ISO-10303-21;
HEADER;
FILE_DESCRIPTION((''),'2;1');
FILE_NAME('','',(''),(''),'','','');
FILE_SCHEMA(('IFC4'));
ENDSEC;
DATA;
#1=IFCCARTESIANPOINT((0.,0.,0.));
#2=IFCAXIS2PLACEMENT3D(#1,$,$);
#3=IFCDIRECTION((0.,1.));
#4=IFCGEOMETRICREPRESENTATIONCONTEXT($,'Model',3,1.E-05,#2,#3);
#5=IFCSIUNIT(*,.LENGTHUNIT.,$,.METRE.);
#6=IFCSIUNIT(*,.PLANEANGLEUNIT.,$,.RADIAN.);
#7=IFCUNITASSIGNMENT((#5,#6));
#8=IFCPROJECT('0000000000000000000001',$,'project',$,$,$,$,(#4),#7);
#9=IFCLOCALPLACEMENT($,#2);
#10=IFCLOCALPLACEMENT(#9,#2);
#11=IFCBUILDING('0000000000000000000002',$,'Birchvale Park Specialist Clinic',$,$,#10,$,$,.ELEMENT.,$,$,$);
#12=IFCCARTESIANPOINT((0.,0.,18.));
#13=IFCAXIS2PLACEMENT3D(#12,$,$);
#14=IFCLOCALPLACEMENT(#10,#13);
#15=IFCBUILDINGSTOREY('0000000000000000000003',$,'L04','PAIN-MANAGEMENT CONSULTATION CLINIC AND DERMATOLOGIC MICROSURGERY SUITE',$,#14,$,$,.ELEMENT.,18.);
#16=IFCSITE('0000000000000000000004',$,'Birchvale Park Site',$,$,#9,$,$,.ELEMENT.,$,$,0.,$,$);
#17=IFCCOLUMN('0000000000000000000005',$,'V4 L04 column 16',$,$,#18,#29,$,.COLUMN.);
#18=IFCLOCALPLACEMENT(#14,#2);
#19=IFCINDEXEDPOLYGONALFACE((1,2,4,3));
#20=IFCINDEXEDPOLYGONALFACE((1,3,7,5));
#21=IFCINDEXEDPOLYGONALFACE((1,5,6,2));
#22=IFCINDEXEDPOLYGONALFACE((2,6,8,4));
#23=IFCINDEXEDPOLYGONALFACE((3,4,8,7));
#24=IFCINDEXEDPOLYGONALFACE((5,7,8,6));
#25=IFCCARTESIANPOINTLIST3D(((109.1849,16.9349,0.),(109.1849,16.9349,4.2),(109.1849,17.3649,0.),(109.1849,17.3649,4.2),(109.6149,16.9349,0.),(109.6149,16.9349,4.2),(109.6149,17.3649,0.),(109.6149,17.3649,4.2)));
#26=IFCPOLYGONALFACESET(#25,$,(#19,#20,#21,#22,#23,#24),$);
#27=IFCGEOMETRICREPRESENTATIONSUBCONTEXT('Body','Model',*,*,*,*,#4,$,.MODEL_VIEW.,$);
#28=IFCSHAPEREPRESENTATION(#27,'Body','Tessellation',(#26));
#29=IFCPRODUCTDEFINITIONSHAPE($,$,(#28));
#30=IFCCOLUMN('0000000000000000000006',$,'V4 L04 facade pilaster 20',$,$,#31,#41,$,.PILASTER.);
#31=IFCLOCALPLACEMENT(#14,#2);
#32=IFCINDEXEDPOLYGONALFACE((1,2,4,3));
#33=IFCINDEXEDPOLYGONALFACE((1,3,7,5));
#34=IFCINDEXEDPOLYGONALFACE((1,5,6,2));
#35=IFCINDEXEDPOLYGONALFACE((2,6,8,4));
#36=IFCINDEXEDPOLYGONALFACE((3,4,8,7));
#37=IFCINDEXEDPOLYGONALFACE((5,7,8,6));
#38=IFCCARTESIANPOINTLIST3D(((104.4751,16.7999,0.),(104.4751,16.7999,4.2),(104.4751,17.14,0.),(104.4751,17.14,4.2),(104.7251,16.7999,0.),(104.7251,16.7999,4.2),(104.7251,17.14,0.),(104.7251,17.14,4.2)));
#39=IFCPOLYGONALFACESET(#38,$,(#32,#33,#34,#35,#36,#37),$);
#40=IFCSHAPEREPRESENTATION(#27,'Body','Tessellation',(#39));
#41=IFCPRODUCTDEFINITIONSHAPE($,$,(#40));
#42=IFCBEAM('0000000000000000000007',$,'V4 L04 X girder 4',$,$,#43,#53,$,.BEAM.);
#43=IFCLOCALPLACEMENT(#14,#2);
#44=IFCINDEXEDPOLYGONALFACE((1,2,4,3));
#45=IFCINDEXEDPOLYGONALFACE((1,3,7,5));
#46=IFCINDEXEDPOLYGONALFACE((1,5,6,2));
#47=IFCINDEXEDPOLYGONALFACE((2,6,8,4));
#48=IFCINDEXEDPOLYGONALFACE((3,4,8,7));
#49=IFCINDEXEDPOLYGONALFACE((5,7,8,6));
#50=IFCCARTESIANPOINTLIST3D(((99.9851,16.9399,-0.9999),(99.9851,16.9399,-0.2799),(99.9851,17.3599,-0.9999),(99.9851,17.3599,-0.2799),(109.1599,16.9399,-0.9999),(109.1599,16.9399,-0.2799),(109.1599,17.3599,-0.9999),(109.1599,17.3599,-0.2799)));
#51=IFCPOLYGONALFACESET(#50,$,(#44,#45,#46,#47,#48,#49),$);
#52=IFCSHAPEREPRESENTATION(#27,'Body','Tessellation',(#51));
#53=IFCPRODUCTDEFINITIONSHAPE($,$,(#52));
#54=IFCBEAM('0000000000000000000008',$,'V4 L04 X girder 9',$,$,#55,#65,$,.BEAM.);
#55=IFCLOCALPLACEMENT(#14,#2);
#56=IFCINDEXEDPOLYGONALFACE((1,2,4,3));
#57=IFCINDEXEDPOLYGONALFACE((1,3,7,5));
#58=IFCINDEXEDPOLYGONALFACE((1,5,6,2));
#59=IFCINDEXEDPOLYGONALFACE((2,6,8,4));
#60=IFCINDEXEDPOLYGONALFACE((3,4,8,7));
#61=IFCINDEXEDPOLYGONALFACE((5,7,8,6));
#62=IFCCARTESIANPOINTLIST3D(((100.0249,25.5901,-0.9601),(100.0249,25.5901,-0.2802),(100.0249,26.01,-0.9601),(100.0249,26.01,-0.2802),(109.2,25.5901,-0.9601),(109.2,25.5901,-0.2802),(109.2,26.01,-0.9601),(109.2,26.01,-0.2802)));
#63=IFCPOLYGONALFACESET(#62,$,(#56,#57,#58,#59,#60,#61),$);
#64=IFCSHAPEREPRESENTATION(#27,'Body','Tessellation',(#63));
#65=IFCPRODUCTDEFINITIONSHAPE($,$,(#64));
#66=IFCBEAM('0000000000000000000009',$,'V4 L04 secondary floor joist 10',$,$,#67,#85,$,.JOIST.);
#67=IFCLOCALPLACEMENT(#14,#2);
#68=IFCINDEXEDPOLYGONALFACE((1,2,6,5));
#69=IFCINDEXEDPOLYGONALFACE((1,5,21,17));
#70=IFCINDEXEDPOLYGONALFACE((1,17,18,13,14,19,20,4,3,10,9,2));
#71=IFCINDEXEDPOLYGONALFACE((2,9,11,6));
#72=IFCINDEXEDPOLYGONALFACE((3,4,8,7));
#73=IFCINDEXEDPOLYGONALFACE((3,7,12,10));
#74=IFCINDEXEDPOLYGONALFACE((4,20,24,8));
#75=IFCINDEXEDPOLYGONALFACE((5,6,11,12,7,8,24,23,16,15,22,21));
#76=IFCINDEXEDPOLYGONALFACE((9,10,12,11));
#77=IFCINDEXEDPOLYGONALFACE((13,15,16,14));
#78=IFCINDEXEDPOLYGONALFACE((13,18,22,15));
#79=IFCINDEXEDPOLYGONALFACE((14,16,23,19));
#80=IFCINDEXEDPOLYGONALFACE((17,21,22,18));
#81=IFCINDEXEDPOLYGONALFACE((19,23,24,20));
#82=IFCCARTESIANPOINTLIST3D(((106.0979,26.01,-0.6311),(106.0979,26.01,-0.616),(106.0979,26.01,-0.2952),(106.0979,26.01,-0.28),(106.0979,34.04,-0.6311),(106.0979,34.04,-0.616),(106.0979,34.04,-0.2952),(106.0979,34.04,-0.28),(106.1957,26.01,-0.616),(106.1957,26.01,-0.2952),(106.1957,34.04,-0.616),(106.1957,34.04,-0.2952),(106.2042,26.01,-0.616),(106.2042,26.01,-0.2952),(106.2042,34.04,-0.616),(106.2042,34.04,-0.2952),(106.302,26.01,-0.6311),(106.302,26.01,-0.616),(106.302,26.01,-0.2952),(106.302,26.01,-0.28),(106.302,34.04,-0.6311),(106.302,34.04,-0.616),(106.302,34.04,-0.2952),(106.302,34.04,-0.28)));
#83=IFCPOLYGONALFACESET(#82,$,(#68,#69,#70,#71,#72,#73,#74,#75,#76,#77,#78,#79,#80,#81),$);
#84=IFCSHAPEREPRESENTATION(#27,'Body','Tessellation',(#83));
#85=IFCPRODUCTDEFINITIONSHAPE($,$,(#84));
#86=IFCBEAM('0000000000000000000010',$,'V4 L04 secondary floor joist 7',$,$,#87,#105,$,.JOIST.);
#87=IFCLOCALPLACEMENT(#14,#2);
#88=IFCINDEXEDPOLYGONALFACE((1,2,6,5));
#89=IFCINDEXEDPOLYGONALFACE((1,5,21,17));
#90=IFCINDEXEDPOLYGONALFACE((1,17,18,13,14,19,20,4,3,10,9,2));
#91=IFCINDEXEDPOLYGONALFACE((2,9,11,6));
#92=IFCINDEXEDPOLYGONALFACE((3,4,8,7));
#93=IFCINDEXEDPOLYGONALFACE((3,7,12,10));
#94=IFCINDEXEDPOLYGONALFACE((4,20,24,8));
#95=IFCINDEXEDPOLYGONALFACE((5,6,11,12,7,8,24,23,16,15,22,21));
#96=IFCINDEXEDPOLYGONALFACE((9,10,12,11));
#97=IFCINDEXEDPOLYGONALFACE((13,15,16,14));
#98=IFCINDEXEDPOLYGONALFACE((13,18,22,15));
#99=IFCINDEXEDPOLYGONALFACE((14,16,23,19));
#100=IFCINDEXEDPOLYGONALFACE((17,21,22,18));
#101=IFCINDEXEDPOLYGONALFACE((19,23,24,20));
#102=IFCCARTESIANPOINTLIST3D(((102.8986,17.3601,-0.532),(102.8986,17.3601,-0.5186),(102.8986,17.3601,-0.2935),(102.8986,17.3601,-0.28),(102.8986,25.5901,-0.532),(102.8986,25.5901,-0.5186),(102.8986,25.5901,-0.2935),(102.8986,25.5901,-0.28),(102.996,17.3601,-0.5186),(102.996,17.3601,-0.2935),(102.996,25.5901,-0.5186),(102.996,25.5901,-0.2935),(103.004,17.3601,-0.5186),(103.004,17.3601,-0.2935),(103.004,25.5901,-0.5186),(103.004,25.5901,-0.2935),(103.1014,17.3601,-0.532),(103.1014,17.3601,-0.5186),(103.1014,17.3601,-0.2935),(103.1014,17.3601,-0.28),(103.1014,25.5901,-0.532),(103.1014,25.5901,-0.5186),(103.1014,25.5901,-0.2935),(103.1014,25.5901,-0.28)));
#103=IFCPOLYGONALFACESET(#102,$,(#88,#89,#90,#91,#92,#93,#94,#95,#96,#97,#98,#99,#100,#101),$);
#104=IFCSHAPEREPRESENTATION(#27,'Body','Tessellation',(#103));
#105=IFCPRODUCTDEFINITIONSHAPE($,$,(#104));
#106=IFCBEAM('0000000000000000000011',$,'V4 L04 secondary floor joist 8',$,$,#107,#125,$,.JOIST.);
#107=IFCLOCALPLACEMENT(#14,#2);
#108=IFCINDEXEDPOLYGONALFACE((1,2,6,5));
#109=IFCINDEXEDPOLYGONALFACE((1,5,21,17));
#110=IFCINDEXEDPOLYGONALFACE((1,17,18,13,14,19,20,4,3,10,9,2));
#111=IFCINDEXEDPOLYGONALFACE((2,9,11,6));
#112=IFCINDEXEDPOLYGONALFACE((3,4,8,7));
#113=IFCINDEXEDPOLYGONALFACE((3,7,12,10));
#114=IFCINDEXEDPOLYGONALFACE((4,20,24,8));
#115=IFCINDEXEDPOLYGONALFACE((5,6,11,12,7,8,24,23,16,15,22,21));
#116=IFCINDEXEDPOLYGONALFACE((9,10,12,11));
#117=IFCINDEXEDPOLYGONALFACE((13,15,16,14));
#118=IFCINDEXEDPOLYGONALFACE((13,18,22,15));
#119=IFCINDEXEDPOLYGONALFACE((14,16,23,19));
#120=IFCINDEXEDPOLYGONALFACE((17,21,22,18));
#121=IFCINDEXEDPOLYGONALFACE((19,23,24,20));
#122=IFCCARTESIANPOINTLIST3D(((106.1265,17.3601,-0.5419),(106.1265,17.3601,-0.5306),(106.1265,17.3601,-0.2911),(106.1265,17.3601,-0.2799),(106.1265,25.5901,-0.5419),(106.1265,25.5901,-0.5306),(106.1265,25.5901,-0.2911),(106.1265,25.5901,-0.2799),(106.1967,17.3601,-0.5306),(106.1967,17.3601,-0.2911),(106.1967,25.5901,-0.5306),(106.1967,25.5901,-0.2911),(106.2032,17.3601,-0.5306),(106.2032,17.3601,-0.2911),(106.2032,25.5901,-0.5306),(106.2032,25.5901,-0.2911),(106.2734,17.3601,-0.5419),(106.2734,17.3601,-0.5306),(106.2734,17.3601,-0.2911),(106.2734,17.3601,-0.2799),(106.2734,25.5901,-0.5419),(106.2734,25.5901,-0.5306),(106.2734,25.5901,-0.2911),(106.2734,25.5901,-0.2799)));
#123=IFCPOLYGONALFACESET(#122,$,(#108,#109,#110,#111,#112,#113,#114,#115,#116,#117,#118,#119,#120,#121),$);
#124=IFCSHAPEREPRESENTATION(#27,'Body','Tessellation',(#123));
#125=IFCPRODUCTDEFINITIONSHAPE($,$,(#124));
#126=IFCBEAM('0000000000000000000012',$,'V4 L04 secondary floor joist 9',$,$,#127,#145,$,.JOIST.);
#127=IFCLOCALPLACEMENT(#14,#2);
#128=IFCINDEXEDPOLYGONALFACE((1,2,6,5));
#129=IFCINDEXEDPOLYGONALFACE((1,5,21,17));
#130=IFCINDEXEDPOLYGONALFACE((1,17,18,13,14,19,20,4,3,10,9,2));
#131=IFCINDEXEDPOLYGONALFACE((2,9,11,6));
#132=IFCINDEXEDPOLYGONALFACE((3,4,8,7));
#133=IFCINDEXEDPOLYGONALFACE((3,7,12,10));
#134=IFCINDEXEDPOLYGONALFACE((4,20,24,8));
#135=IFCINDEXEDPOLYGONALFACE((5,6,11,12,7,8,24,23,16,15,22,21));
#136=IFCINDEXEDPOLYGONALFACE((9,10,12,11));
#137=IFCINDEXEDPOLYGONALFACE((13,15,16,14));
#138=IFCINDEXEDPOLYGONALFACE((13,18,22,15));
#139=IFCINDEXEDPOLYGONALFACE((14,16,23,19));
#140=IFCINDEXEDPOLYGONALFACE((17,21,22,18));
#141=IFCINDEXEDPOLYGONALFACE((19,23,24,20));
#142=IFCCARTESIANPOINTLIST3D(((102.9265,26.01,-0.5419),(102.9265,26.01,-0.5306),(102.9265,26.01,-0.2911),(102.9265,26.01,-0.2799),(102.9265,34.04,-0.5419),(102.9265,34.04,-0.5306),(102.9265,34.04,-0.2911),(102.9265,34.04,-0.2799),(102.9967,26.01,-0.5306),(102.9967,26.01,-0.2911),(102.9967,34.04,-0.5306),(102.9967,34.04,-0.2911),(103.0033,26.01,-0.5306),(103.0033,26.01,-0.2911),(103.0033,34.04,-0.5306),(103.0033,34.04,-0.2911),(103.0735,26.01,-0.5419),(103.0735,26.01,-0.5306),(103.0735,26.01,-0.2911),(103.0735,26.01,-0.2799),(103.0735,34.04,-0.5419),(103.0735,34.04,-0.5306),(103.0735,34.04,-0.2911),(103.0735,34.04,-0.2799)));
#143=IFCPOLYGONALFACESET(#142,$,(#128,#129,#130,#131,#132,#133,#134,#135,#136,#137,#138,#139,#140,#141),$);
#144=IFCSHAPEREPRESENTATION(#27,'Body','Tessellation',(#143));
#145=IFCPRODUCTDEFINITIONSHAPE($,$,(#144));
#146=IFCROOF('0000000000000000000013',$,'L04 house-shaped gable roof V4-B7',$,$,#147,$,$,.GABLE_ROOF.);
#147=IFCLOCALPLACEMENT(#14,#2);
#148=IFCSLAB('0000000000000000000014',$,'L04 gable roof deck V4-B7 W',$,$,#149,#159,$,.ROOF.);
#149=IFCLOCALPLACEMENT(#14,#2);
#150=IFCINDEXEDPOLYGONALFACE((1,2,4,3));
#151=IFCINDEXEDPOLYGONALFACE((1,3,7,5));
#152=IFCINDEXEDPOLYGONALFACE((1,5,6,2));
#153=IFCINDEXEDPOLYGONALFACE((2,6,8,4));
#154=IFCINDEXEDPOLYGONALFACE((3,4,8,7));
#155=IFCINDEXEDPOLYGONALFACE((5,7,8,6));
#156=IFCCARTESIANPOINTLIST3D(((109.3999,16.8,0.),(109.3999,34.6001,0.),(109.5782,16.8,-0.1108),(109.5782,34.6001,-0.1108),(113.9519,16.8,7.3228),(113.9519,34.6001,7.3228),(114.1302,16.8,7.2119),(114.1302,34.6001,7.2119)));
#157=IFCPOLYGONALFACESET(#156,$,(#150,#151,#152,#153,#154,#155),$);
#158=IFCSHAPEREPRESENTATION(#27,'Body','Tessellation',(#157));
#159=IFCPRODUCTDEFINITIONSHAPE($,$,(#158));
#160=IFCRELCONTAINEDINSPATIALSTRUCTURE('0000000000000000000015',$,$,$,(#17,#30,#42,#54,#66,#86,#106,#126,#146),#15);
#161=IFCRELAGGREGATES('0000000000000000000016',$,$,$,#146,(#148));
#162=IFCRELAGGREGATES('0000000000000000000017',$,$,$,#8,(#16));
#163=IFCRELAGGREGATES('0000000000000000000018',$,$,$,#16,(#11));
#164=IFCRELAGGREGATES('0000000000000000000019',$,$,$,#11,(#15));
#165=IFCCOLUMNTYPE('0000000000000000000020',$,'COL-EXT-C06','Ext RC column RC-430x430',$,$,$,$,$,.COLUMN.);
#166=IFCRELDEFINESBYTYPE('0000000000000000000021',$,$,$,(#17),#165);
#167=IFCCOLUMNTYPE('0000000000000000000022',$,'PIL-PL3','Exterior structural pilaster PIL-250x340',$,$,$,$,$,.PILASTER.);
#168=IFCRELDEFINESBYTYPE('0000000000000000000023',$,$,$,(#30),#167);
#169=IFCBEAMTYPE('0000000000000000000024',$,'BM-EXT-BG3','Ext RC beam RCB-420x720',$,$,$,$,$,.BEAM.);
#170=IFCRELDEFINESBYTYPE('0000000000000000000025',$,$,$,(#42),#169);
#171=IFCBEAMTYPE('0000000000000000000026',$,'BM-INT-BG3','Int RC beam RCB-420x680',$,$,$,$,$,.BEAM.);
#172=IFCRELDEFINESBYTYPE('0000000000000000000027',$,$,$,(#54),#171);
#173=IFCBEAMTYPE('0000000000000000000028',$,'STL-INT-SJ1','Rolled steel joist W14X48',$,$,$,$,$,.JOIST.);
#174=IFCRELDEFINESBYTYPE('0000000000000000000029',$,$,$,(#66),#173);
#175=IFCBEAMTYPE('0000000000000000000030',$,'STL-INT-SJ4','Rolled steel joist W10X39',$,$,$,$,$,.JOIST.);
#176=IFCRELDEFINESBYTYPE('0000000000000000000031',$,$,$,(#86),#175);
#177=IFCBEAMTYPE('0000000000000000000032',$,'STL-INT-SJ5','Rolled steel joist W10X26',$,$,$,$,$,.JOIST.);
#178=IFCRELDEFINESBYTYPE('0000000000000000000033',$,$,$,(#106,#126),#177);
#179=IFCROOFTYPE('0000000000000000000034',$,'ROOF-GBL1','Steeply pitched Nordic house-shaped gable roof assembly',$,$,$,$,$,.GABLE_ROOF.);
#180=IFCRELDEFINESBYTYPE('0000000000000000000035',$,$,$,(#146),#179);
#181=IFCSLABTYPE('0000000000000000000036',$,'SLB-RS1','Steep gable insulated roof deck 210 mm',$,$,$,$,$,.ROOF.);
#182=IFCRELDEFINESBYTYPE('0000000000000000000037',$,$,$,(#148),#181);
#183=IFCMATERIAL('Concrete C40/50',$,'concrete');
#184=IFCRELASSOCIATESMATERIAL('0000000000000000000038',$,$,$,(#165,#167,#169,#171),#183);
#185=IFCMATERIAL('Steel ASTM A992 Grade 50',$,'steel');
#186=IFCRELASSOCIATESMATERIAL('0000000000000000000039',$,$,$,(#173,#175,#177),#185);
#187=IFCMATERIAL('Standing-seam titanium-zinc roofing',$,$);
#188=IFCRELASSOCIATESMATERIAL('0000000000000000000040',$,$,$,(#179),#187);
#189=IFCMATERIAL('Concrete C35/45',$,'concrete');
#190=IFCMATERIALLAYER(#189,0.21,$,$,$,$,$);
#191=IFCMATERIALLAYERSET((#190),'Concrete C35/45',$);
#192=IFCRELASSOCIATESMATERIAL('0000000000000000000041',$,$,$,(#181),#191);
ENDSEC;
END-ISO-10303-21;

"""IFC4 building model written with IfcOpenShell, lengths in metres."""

from ifc_helpers import new_model, si_unit, direction, frame, origin, origin_2d, place, context, subcontext, project, spatial, polyline, rectangle, i_section, outline, extrude, material, layer, layer_set, material_profile, profile_set, type_object, element, aggregate, save


model = new_model("IFC4")

# Units and contexts
model_context = context("Model", 3, precision=1e-05, world=origin(), true_north=direction((0.0, 1.0)))
body_context = subcontext(model_context, "Body", "Model", "MODEL_VIEW")
ifc_project = project(units=[si_unit("LENGTHUNIT", "METRE"), si_unit("PLANEANGLEUNIT", "RADIAN")], contexts=[model_context])

# Site, building, storey
site_placement = place(None, origin())
site = spatial("IfcSite", under=ifc_project, at=site_placement, Name="Birchvale Park Site", CompositionType="ELEMENT", RefElevation=0.0)
building_placement = place(site_placement, origin())
building = spatial("IfcBuilding", under=site, at=building_placement, Name="Birchvale Park Specialist Clinic", CompositionType="ELEMENT")
storey_placement = place(building_placement, frame((0.0, 0.0, 18.0)))
storey = spatial("IfcBuildingStorey", under=building, at=storey_placement, Name="L04", Description="PAIN-MANAGEMENT CONSULTATION CLINIC AND DERMATOLOGIC MICROSURGERY SUITE", CompositionType="ELEMENT", Elevation=18.0)

# Columns
ifc_material_1 = material(Name="Concrete C40/50", Category="concrete")
ifc_material_profile_1 = material_profile(ifc_material_1, rectangle(XDim=0.4299, YDim=0.4299, at=origin_2d()), Name="RC-430x430")
ifc_profile_set_1 = profile_set([ifc_material_profile_1], Name="Concrete C40/50")
column_type_1 = type_object("IfcColumnType", Name="COL-EXT-C06", Description="Ext RC column RC-430x430", PredefinedType="COLUMN", material=ifc_profile_set_1)
column_1_placement = place(storey_placement, frame((109.3999, 17.1499, 0.0), z_axis=(0.0, 0.0, 1.0), x_axis=(1.0, 0.0, 0.0)))
element("IfcColumn", 1, at=column_1_placement, inside=storey, type_object=column_type_1, Name="V4 L04 column 16", PredefinedType="COLUMN", context=body_context, shape_type="SweptSolid", body=[
    extrude(rectangle(XDim=0.4299, YDim=0.4299, at=origin_2d()), origin(), (0.0, 0.0, 1.0), 4.2),
])
ifc_material_profile_2 = material_profile(ifc_material_1, rectangle(XDim=0.25, YDim=0.3401, at=origin_2d()), Name="PIL-250x340")
ifc_profile_set_2 = profile_set([ifc_material_profile_2], Name="Concrete C40/50")
column_type_2 = type_object("IfcColumnType", Name="PIL-PL3", Description="Exterior structural pilaster PIL-250x340", PredefinedType="PILASTER", material=ifc_profile_set_2)
column_2_placement = place(storey_placement, frame((104.6001, 16.97, 0.0), z_axis=(0.0, 0.0, 1.0), x_axis=(1.0, 0.0, 0.0)))
element("IfcColumn", 2, at=column_2_placement, inside=storey, type_object=column_type_2, Name="V4 L04 facade pilaster 20", PredefinedType="PILASTER", context=body_context, shape_type="SweptSolid", body=[
    extrude(rectangle(XDim=0.25, YDim=0.3401, at=origin_2d()), origin(), (0.0, 0.0, 1.0), 4.2),
])

# Beams
ifc_material_profile_3 = material_profile(ifc_material_1, rectangle(XDim=0.4199, YDim=0.72, at=origin_2d()), Name="RCB-420x720")
ifc_profile_set_3 = profile_set([ifc_material_profile_3], Name="Concrete C40/50")
beam_type_1 = type_object("IfcBeamType", Name="BM-EXT-BG3", Description="Ext RC beam RCB-420x720", PredefinedType="BEAM", material=ifc_profile_set_3)
beam_1_placement = place(storey_placement, frame((99.9851, 17.1499, -0.6399), z_axis=(1.0, 0.0, 0.0), x_axis=(0.0, 1.0, 0.0)))
element("IfcBeam", 3, at=beam_1_placement, inside=storey, type_object=beam_type_1, Name="V4 L04 X girder 4", PredefinedType="BEAM", context=body_context, shape_type="SweptSolid", body=[
    extrude(rectangle(XDim=0.4199, YDim=0.72, at=origin_2d()), origin(), (0.0, 0.0, 1.0), 9.1748),
])
ifc_material_profile_4 = material_profile(ifc_material_1, rectangle(XDim=0.4199, YDim=0.6799, at=origin_2d()), Name="RCB-420x680")
ifc_profile_set_4 = profile_set([ifc_material_profile_4], Name="Concrete C40/50")
beam_type_2 = type_object("IfcBeamType", Name="BM-INT-BG3", Description="Int RC beam RCB-420x680", PredefinedType="BEAM", material=ifc_profile_set_4)
beam_2_placement = place(storey_placement, frame((100.0249, 25.8, -0.6201), z_axis=(1.0, 0.0, 0.0), x_axis=(0.0, 1.0, 0.0)))
element("IfcBeam", 4, at=beam_2_placement, inside=storey, type_object=beam_type_2, Name="V4 L04 X girder 9", PredefinedType="BEAM", context=body_context, shape_type="SweptSolid", body=[
    extrude(rectangle(XDim=0.4199, YDim=0.6799, at=origin_2d()), origin(), (0.0, 0.0, 1.0), 9.175),
])
ifc_material_2 = material(Name="Steel ASTM A992 Grade 50", Category="steel")
ifc_material_profile_5 = material_profile(ifc_material_2, i_section(OverallWidth=0.2041, OverallDepth=0.3511, WebThickness=0.0085, FlangeThickness=0.0151, at=origin_2d()), Name="W14X48")
ifc_profile_set_5 = profile_set([ifc_material_profile_5], Name="Steel ASTM A992 Grade 50")
beam_type_3 = type_object("IfcBeamType", Name="STL-INT-SJ1", Description="Rolled steel joist W14X48", PredefinedType="JOIST", material=ifc_profile_set_5)
beam_3_placement = place(storey_placement, frame((106.2, 26.01, -0.4556), z_axis=(0.0, 1.0, 0.0), x_axis=(-1.0, 0.0, 0.0)))
element("IfcBeam", 5, at=beam_3_placement, inside=storey, type_object=beam_type_3, Name="V4 L04 secondary floor joist 10", PredefinedType="JOIST", context=body_context, shape_type="SweptSolid", body=[
    extrude(i_section(OverallWidth=0.2041, OverallDepth=0.3511, WebThickness=0.0085, FlangeThickness=0.0151, at=origin_2d()), origin(), (0.0, 0.0, 1.0), 8.03),
])
ifc_material_profile_6 = material_profile(ifc_material_2, i_section(OverallWidth=0.2029, OverallDepth=0.252, WebThickness=0.0081, FlangeThickness=0.0134, at=origin_2d()), Name="W10X39")
ifc_profile_set_6 = profile_set([ifc_material_profile_6], Name="Steel ASTM A992 Grade 50")
beam_type_4 = type_object("IfcBeamType", Name="STL-INT-SJ4", Description="Rolled steel joist W10X39", PredefinedType="JOIST", material=ifc_profile_set_6)
beam_4_placement = place(storey_placement, frame((103.0, 17.3601, -0.406), z_axis=(0.0, 1.0, 0.0), x_axis=(-1.0, 0.0, 0.0)))
element("IfcBeam", 6, at=beam_4_placement, inside=storey, type_object=beam_type_4, Name="V4 L04 secondary floor joist 7", PredefinedType="JOIST", context=body_context, shape_type="SweptSolid", body=[
    extrude(i_section(OverallWidth=0.2029, OverallDepth=0.252, WebThickness=0.0081, FlangeThickness=0.0134, at=origin_2d()), origin(), (0.0, 0.0, 1.0), 8.23),
])
ifc_material_profile_7 = material_profile(ifc_material_2, i_section(OverallWidth=0.147, OverallDepth=0.262, WebThickness=0.0066, FlangeThickness=0.0112, at=origin_2d()), Name="W10X26")
ifc_profile_set_7 = profile_set([ifc_material_profile_7], Name="Steel ASTM A992 Grade 50")
beam_type_5 = type_object("IfcBeamType", Name="STL-INT-SJ5", Description="Rolled steel joist W10X26", PredefinedType="JOIST", material=ifc_profile_set_7)
beam_5_placement = place(storey_placement, frame((106.2, 17.3601, -0.4109), z_axis=(0.0, 1.0, 0.0), x_axis=(-1.0, 0.0, 0.0)))
element("IfcBeam", 7, at=beam_5_placement, inside=storey, type_object=beam_type_5, Name="V4 L04 secondary floor joist 8", PredefinedType="JOIST", context=body_context, shape_type="SweptSolid", body=[
    extrude(i_section(OverallWidth=0.147, OverallDepth=0.262, WebThickness=0.0066, FlangeThickness=0.0112, at=origin_2d()), origin(), (0.0, 0.0, 1.0), 8.23),
])
beam_6_placement = place(storey_placement, frame((103.0, 26.01, -0.4109), z_axis=(0.0, 1.0, 0.0), x_axis=(-1.0, 0.0, 0.0)))
element("IfcBeam", 8, at=beam_6_placement, inside=storey, type_object=beam_type_5, Name="V4 L04 secondary floor joist 9", PredefinedType="JOIST", context=body_context, shape_type="SweptSolid", body=[
    extrude(i_section(OverallWidth=0.147, OverallDepth=0.262, WebThickness=0.0066, FlangeThickness=0.0112, at=origin_2d()), origin(), (0.0, 0.0, 1.0), 8.03),
])

# Roof, slab
ifc_material_3 = material(Name="Standing-seam titanium-zinc roofing")
roof_type = type_object("IfcRoofType", Name="ROOF-GBL1", Description="Steeply pitched Nordic house-shaped gable roof assembly", PredefinedType="GABLE_ROOF", material=ifc_material_3)
roof_placement = place(storey_placement, origin())
roof = element("IfcRoof", 9, at=roof_placement, inside=storey, type_object=roof_type, Name="L04 house-shaped gable roof V4-B7", PredefinedType="GABLE_ROOF")
ifc_material_4 = material(Name="Concrete C35/45", Category="concrete")
ifc_layer_1 = layer(ifc_material_4, 0.21)
ifc_layer_set_1 = layer_set([ifc_layer_1], Name="Concrete C35/45")
slab_type = type_object("IfcSlabType", Name="SLB-RS1", Description="Steep gable insulated roof deck 210 mm", PredefinedType="ROOF", material=ifc_layer_set_1)
slab_placement = place(storey_placement, frame((109.3999, 16.8, 0.0), z_axis=(-0.849284, 0.0, 0.527936), x_axis=(0.527936, 0.0, 0.849284)))
slab = element("IfcSlab", 10, at=slab_placement, type_object=slab_type, Name="L04 gable roof deck V4-B7 W", PredefinedType="ROOF", context=body_context, shape_type="SweptSolid", body=[
    extrude(outline(polyline([(0.0, 0.0), (8.6223, 0.0), (8.6223, 17.8), (0.0, 17.8), (0.0, 0.0)])), origin(), (0.0, 0.0, -1.0), 0.21),
])
aggregate(roof, [slab])

save(model, "model.ifc")
